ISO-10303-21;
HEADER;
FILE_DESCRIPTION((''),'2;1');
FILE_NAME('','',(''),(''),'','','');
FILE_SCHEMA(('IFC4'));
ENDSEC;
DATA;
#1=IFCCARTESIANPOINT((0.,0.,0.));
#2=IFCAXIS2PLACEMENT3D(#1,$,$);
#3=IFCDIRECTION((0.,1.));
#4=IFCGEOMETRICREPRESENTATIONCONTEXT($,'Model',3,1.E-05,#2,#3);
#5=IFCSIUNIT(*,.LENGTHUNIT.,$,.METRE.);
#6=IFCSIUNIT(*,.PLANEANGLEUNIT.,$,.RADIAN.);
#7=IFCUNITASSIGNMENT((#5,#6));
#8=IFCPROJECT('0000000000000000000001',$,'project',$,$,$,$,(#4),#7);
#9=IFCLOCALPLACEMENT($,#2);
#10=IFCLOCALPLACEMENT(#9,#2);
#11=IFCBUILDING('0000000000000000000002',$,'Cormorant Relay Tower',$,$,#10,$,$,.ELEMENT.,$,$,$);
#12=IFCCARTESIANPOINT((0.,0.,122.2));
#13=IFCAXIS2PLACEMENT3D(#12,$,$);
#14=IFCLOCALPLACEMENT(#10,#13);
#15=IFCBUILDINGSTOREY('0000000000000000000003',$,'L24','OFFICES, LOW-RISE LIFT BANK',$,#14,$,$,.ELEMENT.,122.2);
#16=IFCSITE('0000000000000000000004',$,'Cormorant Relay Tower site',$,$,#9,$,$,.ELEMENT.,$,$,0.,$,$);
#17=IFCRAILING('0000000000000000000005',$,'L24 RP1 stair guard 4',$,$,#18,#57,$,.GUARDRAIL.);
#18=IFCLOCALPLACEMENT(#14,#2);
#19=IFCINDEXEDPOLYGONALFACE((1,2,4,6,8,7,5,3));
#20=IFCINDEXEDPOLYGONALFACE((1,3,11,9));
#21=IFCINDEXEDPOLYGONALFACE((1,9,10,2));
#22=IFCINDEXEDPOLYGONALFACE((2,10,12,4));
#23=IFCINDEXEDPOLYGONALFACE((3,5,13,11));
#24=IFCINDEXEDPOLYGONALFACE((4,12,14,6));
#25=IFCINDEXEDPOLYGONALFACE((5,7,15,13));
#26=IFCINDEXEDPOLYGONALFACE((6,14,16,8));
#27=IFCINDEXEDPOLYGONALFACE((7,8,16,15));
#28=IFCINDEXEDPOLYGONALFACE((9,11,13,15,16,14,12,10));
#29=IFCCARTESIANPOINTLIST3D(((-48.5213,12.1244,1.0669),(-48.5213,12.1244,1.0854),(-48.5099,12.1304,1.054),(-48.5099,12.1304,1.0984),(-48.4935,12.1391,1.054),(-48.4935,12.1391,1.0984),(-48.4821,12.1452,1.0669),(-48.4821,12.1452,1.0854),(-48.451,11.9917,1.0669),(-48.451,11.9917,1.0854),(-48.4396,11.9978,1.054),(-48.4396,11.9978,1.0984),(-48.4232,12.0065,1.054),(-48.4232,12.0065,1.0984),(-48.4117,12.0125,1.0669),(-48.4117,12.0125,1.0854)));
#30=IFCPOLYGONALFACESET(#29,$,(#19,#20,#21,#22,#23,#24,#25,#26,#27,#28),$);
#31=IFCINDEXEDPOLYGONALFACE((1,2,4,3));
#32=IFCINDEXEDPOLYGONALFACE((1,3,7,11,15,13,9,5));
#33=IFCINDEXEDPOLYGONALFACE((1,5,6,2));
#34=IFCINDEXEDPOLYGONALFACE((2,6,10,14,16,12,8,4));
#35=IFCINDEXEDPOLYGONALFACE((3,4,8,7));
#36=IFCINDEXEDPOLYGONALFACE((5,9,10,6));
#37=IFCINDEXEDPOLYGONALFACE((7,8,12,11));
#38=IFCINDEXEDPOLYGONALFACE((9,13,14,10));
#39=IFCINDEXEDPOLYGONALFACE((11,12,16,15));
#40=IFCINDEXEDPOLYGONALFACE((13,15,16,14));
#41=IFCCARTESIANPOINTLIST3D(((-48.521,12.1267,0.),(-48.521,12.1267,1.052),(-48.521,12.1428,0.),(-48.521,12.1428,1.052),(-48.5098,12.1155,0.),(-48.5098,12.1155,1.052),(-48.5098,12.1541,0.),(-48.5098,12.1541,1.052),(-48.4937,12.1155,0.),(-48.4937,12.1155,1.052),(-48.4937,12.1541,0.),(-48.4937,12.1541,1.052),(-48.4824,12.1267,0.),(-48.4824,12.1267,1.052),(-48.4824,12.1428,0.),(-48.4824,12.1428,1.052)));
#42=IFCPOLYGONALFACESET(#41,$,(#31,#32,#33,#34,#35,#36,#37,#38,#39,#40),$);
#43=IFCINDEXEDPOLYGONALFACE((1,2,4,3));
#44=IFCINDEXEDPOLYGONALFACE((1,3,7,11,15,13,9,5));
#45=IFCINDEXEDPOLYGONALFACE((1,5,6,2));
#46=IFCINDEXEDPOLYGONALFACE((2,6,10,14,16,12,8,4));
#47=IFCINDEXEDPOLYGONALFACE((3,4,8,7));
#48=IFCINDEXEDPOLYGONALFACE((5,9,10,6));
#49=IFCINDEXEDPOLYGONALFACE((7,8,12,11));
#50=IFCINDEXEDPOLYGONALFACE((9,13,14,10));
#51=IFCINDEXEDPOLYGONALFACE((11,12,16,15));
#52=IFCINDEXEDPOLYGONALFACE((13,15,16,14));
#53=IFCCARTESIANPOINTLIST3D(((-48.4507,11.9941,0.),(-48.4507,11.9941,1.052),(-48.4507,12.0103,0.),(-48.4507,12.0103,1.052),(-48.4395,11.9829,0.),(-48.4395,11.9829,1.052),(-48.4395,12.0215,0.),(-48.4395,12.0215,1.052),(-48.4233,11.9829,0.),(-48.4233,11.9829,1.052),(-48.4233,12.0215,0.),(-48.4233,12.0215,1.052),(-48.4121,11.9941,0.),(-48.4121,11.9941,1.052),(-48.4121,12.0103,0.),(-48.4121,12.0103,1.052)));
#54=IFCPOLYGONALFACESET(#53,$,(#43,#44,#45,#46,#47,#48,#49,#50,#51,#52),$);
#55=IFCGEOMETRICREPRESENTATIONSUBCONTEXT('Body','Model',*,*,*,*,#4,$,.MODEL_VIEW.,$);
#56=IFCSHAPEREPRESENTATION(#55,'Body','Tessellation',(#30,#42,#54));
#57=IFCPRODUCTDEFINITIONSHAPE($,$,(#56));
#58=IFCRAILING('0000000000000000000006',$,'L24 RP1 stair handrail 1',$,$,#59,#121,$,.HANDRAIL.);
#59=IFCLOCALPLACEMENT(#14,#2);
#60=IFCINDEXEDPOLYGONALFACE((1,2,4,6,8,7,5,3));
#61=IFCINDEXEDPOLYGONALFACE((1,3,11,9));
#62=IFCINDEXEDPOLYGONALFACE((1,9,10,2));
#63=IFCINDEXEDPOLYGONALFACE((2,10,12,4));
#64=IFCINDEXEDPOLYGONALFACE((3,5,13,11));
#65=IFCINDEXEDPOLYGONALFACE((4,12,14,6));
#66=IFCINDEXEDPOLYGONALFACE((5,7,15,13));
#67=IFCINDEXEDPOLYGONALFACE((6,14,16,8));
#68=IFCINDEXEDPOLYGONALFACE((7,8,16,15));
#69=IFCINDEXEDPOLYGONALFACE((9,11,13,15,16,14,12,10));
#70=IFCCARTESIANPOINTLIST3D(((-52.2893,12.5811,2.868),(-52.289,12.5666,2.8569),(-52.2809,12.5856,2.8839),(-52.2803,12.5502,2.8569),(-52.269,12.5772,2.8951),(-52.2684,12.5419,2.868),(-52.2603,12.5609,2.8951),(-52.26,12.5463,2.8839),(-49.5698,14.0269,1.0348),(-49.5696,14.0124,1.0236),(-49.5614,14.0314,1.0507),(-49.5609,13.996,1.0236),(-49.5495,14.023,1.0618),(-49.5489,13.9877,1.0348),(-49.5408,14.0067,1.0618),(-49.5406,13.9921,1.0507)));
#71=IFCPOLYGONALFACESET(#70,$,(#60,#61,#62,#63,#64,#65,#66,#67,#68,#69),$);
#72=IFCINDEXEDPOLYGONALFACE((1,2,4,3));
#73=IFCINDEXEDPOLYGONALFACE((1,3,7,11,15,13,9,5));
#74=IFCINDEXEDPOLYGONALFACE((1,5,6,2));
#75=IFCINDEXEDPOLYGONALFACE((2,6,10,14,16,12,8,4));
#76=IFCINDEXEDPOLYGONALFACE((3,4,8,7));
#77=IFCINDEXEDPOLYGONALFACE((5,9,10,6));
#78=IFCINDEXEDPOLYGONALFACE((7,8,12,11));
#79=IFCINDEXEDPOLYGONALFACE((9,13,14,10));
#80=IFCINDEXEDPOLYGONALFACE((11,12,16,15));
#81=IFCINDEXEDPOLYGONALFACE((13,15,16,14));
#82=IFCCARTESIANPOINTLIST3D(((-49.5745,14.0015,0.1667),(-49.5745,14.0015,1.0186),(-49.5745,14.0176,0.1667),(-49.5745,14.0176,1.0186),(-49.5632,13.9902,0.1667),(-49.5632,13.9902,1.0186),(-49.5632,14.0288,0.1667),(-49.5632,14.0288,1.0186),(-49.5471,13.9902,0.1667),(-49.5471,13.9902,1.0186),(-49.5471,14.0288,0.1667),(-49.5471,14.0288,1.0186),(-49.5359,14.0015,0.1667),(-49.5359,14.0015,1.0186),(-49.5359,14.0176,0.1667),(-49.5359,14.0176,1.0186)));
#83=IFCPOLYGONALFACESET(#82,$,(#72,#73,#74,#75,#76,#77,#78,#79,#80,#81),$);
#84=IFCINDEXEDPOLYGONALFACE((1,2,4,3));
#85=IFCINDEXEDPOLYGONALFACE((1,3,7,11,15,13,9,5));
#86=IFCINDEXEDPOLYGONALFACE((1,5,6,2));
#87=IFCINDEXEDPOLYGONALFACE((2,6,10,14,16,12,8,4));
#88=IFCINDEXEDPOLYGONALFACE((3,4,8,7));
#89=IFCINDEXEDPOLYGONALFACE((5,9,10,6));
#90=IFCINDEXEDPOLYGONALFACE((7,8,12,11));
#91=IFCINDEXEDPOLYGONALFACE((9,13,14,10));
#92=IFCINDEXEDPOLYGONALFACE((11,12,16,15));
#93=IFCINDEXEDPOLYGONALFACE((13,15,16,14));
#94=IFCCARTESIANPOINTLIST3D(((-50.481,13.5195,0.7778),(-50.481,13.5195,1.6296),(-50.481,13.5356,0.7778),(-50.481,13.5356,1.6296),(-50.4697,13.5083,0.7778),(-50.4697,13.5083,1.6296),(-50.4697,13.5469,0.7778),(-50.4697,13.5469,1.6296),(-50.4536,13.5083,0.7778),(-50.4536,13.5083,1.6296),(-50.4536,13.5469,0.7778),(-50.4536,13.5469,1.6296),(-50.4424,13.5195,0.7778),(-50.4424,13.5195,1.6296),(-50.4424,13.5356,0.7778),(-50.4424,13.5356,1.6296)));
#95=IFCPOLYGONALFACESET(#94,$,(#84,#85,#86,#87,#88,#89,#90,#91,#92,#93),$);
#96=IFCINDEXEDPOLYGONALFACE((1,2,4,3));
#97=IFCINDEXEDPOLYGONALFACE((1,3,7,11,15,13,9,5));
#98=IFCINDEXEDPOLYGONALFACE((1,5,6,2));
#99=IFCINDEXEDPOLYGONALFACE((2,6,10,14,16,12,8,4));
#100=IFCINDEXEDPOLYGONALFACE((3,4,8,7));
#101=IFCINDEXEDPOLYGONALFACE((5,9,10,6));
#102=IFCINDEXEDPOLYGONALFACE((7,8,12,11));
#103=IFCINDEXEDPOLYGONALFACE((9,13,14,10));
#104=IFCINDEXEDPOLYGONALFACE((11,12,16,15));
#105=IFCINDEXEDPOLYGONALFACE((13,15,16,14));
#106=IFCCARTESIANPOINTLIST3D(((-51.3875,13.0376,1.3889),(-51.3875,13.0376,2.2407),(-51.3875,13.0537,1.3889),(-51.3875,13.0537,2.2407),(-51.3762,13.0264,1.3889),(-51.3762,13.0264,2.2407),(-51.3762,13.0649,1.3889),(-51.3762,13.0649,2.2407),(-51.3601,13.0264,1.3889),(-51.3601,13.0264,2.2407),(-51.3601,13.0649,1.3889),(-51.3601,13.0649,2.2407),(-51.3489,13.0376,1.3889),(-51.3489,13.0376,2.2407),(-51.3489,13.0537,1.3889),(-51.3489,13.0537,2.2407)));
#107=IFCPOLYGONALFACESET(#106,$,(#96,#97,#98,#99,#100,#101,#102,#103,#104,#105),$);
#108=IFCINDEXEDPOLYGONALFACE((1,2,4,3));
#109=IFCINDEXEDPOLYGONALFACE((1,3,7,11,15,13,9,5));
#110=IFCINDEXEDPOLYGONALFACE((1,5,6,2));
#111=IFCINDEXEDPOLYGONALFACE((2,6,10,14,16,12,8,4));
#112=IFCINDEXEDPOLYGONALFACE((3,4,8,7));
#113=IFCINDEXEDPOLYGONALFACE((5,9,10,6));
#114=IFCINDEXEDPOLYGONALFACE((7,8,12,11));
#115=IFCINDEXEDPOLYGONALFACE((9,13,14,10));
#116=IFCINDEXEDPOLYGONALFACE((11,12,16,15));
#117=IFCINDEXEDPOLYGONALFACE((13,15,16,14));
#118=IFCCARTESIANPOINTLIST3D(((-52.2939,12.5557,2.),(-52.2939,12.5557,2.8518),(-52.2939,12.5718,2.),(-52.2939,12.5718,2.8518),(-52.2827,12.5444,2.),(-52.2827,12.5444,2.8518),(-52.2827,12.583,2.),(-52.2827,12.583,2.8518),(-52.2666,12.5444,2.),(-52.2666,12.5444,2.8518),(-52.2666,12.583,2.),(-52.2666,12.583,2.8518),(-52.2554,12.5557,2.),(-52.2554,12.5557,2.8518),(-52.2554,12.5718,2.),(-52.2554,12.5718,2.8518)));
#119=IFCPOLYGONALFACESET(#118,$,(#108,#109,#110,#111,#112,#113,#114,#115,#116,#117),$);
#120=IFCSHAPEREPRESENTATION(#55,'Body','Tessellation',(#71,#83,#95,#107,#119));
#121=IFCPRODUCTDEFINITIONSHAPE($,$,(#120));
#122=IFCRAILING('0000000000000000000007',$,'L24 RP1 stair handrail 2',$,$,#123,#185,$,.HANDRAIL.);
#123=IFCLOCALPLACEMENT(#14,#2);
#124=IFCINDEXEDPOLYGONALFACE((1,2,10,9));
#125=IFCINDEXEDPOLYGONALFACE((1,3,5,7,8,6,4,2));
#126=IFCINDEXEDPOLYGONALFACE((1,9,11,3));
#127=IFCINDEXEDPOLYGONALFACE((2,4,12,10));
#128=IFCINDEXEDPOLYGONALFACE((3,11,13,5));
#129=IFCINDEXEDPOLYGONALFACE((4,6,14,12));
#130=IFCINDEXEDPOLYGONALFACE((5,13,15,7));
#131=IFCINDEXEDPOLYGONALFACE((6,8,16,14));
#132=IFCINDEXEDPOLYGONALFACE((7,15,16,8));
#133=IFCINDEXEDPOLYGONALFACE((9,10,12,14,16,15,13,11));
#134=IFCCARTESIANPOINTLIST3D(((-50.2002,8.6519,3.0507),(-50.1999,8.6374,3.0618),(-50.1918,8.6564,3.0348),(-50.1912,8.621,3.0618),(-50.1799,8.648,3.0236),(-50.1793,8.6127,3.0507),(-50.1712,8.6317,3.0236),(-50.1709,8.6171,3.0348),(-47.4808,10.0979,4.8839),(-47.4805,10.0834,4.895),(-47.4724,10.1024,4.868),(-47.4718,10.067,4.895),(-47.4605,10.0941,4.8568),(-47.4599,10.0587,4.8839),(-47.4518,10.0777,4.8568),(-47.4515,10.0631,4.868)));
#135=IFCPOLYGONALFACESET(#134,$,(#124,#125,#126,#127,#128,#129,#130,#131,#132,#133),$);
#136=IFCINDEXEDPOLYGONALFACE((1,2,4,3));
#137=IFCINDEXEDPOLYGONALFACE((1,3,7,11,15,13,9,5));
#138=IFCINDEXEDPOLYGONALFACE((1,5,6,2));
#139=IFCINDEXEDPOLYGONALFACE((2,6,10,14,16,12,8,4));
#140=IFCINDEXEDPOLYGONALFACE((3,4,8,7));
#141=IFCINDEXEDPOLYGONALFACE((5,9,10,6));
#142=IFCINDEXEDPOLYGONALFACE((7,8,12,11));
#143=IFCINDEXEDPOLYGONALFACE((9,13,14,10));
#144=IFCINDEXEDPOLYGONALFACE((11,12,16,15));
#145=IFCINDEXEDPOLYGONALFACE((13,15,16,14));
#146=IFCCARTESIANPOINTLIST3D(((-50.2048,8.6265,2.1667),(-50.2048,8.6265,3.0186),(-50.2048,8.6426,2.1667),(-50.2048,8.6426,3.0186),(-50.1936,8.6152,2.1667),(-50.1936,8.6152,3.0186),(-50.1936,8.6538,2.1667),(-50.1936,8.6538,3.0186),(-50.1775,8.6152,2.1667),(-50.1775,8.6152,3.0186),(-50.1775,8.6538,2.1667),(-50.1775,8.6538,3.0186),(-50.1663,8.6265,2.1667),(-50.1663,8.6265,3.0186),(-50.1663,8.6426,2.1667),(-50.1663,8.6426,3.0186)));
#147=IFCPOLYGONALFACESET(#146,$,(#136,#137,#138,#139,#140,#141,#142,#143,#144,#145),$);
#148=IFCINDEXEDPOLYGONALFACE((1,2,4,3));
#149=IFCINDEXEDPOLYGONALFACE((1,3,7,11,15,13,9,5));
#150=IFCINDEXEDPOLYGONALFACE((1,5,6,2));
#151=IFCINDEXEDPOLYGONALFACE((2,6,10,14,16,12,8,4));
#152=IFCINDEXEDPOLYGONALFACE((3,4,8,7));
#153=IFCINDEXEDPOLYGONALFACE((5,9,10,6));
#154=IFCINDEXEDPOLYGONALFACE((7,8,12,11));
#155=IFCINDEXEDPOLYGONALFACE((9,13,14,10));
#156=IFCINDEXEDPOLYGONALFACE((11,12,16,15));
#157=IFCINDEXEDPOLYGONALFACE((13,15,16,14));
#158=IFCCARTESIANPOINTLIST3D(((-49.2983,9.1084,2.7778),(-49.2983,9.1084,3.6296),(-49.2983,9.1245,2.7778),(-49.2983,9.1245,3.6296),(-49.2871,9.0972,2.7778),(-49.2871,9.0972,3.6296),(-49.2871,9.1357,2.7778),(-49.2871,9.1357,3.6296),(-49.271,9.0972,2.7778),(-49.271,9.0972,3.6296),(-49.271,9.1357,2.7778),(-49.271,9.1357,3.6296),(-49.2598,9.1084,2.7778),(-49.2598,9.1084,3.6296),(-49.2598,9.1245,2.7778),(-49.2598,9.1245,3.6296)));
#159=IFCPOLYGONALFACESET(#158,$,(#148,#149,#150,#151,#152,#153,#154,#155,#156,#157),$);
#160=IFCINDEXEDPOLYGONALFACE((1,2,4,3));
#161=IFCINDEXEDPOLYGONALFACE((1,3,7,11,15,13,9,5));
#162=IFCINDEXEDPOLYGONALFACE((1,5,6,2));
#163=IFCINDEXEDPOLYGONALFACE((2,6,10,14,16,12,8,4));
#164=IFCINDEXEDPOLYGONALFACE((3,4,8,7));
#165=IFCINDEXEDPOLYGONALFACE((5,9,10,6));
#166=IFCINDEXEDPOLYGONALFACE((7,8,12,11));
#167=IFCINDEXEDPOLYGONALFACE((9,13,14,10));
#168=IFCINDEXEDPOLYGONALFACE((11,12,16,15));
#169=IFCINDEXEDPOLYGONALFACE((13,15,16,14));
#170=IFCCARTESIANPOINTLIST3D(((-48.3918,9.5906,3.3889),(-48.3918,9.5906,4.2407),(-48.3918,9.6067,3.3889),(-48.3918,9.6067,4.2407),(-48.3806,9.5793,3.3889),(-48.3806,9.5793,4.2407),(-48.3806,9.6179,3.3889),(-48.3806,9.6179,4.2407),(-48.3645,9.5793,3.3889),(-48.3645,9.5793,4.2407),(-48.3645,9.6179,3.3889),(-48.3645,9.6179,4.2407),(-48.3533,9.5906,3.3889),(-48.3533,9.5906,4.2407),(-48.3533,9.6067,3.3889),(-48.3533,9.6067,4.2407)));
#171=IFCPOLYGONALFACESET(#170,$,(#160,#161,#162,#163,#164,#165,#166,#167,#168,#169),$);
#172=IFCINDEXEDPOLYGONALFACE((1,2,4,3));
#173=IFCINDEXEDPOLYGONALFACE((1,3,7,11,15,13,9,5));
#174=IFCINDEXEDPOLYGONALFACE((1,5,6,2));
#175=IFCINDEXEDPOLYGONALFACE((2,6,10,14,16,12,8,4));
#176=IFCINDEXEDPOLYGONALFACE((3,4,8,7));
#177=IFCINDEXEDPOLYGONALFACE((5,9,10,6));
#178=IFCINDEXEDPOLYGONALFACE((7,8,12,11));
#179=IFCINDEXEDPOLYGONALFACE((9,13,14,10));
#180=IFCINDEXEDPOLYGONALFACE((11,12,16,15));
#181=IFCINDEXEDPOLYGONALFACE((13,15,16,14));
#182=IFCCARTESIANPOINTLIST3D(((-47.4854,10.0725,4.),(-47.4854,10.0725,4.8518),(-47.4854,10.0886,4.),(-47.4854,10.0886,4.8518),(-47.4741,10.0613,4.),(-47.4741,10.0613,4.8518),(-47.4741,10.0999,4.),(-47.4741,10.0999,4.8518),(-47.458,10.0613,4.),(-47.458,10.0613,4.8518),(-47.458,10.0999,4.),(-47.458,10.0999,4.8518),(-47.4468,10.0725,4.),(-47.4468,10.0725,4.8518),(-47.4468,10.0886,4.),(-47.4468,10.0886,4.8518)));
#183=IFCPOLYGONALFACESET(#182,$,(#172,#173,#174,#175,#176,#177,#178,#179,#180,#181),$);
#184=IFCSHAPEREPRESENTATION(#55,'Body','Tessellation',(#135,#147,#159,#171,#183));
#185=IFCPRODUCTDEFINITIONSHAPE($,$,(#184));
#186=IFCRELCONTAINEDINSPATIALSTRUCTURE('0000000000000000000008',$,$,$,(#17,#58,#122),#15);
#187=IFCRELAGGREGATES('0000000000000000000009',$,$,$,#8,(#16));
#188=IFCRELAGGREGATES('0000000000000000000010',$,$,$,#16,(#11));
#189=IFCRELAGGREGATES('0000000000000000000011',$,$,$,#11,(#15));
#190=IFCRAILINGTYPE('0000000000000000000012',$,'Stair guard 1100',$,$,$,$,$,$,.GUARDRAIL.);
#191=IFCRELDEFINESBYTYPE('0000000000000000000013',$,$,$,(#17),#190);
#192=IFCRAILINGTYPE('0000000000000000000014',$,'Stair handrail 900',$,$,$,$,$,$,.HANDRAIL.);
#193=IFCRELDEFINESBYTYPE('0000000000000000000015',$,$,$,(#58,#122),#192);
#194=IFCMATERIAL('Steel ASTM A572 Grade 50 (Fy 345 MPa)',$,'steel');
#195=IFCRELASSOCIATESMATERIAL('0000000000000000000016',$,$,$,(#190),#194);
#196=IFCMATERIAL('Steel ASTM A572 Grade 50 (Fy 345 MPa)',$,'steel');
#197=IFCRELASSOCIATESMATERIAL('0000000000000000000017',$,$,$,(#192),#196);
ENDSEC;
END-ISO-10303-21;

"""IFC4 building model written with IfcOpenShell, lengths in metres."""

from ifc_helpers import new_model, si_unit, direction, frame, origin, place, context, subcontext, project, spatial, polyline, outline, extrude, material, type_object, element, save


model = new_model("IFC4")

# Units and contexts
model_context = context("Model", 3, precision=1e-05, world=origin(), true_north=direction((0.0, 1.0)))
body_context = subcontext(model_context, "Body", "Model", "MODEL_VIEW")
ifc_project = project(units=[si_unit("LENGTHUNIT", "METRE"), si_unit("PLANEANGLEUNIT", "RADIAN")], contexts=[model_context])

# Site, building, storey
site_placement = place(None, origin())
site = spatial("IfcSite", under=ifc_project, at=site_placement, Name="Cormorant Relay Tower site", CompositionType="ELEMENT", RefElevation=0.0)
building_placement = place(site_placement, origin())
building = spatial("IfcBuilding", under=site, at=building_placement, Name="Cormorant Relay Tower", CompositionType="ELEMENT")
storey_placement = place(building_placement, frame((0.0, 0.0, 122.2)))
storey = spatial("IfcBuildingStorey", under=building, at=storey_placement, Name="L24", Description="OFFICES, LOW-RISE LIFT BANK", CompositionType="ELEMENT", Elevation=122.2)

# Railings
ifc_material_1 = material(Name="Steel ASTM A572 Grade 50 (Fy 345 MPa)", Category="steel")
railing_type_1 = type_object("IfcRailingType", Name="Stair guard 1100", PredefinedType="GUARDRAIL", material=ifc_material_1)
railing_1_placement = place(storey_placement, frame((-48.5017, 12.1348, 0.0)))
element("IfcRailing", 1, at=railing_1_placement, inside=storey, type_object=railing_type_1, Name="L24 RP1 stair guard 4", PredefinedType="GUARDRAIL", context=body_context, shape_type="SweptSolid", body=[
    extrude(outline(polyline([(0.0222, 0.0093), (0.0093, 0.0222), (-0.0093, 0.0222), (-0.0222, 0.0093), (-0.0222, -0.0093), (-0.0093, -0.0222), (0.0093, -0.0222), (0.0222, -0.0093), (0.0222, 0.0093)])), frame((0.0, 0.0, 1.0762), z_axis=(0.46856, -0.883431, 0.0), x_axis=(0.883431, 0.46856, 0.0)), (0.0, 0.0, 1.0), 0.1501),
    extrude(outline(polyline([(0.0193, 0.0081), (0.0081, 0.0193), (-0.0081, 0.0193), (-0.0193, 0.0081), (-0.0193, -0.0081), (-0.0081, -0.0193), (0.0081, -0.0193), (0.0193, -0.0081), (0.0193, 0.0081)])), origin(), (0.0, 0.0, 1.0), 1.052),
    extrude(outline(polyline([(0.0193, 0.0081), (0.0081, 0.0193), (-0.0081, 0.0193), (-0.0193, 0.0081), (-0.0193, -0.0081), (-0.0081, -0.0193), (0.0081, -0.0193), (0.0193, -0.0081), (0.0193, 0.0081)])), frame((0.0703, -0.1326, 0.0)), (0.0, 0.0, 1.0), 1.052),
])
ifc_material_2 = material(Name="Steel ASTM A572 Grade 50 (Fy 345 MPa)", Category="steel")
railing_type_2 = type_object("IfcRailingType", Name="Stair handrail 900", PredefinedType="HANDRAIL", material=ifc_material_2)
railing_2_placement = place(storey_placement, frame((-49.5552, 14.0095, 0.1667)))
element("IfcRailing", 2, at=railing_2_placement, inside=storey, type_object=railing_type_2, Name="L24 RP1 stair handrail 1", PredefinedType="HANDRAIL", context=body_context, shape_type="SweptSolid", body=[
    extrude(outline(polyline([(0.0222, 0.0093), (0.0093, 0.0222), (-0.0093, 0.0222), (-0.0222, 0.0093), (-0.0222, -0.0093), (-0.0093, -0.0222), (0.0093, -0.0222), (0.0222, -0.0093), (0.0222, 0.0093)])), frame((0.0, 0.0, 0.876), z_axis=(-0.758735, -0.403378, 0.511477), x_axis=(0.469428, -0.882971, 0.0)), (0.0, 0.0, 1.0), 3.5842),
    extrude(outline(polyline([(0.0193, 0.0081), (0.0081, 0.0193), (-0.0081, 0.0193), (-0.0193, 0.0081), (-0.0193, -0.0081), (-0.0081, -0.0193), (0.0081, -0.0193), (0.0193, -0.0081), (0.0193, 0.0081)])), origin(), (0.0, 0.0, 1.0), 0.8518),
    extrude(outline(polyline([(0.0193, 0.0081), (0.0081, 0.0193), (-0.0081, 0.0193), (-0.0193, 0.0081), (-0.0193, -0.0081), (-0.0081, -0.0193), (0.0081, -0.0193), (0.0193, -0.0081), (0.0193, 0.0081)])), frame((-0.9065, -0.4819, 0.6111)), (0.0, 0.0, 1.0), 0.8518),
    extrude(outline(polyline([(0.0193, 0.0081), (0.0081, 0.0193), (-0.0081, 0.0193), (-0.0193, 0.0081), (-0.0193, -0.0081), (-0.0081, -0.0193), (0.0081, -0.0193), (0.0193, -0.0081), (0.0193, 0.0081)])), frame((-1.813, -0.9639, 1.2222)), (0.0, 0.0, 1.0), 0.8518),
    extrude(outline(polyline([(0.0193, 0.0081), (0.0081, 0.0193), (-0.0081, 0.0193), (-0.0193, 0.0081), (-0.0193, -0.0081), (-0.0081, -0.0193), (0.0081, -0.0193), (0.0193, -0.0081), (0.0193, 0.0081)])), frame((-2.7195, -1.4458, 1.8333)), (0.0, 0.0, 1.0), 0.8518),
])
railing_3_placement = place(storey_placement, frame((-50.1855, 8.6345, 2.1667)))
element("IfcRailing", 3, at=railing_3_placement, inside=storey, type_object=railing_type_2, Name="L24 RP1 stair handrail 2", PredefinedType="HANDRAIL", context=body_context, shape_type="SweptSolid", body=[
    extrude(outline(polyline([(0.0222, 0.0093), (0.0093, 0.0222), (-0.0093, 0.0222), (-0.0222, 0.0093), (-0.0222, -0.0093), (-0.0093, -0.0222), (0.0093, -0.0222), (0.0222, -0.0093), (0.0222, 0.0093)])), frame((0.0, 0.0, 0.876), z_axis=(0.758714, 0.403435, 0.511463), x_axis=(-0.469489, 0.882938, 0.0)), (0.0, 0.0, 1.0), 3.5842),
    extrude(outline(polyline([(0.0193, 0.0081), (0.0081, 0.0193), (-0.0081, 0.0193), (-0.0193, 0.0081), (-0.0193, -0.0081), (-0.0081, -0.0193), (0.0081, -0.0193), (0.0193, -0.0081), (0.0193, 0.0081)])), origin(), (0.0, 0.0, 1.0), 0.8518),
    extrude(outline(polyline([(0.0193, 0.0081), (0.0081, 0.0193), (-0.0081, 0.0193), (-0.0193, 0.0081), (-0.0193, -0.0081), (-0.0081, -0.0193), (0.0081, -0.0193), (0.0193, -0.0081), (0.0193, 0.0081)])), frame((0.9065, 0.4819, 0.6111)), (0.0, 0.0, 1.0), 0.8518),
    extrude(outline(polyline([(0.0193, 0.0081), (0.0081, 0.0193), (-0.0081, 0.0193), (-0.0193, 0.0081), (-0.0193, -0.0081), (-0.0081, -0.0193), (0.0081, -0.0193), (0.0193, -0.0081), (0.0193, 0.0081)])), frame((1.813, 0.9641, 1.2222)), (0.0, 0.0, 1.0), 0.8518),
    extrude(outline(polyline([(0.0193, 0.0081), (0.0081, 0.0193), (-0.0081, 0.0193), (-0.0193, 0.0081), (-0.0193, -0.0081), (-0.0081, -0.0193), (0.0081, -0.0193), (0.0193, -0.0081), (0.0193, 0.0081)])), frame((2.7195, 1.446, 1.8333)), (0.0, 0.0, 1.0), 0.8518),
])

save(model, "model.ifc")
